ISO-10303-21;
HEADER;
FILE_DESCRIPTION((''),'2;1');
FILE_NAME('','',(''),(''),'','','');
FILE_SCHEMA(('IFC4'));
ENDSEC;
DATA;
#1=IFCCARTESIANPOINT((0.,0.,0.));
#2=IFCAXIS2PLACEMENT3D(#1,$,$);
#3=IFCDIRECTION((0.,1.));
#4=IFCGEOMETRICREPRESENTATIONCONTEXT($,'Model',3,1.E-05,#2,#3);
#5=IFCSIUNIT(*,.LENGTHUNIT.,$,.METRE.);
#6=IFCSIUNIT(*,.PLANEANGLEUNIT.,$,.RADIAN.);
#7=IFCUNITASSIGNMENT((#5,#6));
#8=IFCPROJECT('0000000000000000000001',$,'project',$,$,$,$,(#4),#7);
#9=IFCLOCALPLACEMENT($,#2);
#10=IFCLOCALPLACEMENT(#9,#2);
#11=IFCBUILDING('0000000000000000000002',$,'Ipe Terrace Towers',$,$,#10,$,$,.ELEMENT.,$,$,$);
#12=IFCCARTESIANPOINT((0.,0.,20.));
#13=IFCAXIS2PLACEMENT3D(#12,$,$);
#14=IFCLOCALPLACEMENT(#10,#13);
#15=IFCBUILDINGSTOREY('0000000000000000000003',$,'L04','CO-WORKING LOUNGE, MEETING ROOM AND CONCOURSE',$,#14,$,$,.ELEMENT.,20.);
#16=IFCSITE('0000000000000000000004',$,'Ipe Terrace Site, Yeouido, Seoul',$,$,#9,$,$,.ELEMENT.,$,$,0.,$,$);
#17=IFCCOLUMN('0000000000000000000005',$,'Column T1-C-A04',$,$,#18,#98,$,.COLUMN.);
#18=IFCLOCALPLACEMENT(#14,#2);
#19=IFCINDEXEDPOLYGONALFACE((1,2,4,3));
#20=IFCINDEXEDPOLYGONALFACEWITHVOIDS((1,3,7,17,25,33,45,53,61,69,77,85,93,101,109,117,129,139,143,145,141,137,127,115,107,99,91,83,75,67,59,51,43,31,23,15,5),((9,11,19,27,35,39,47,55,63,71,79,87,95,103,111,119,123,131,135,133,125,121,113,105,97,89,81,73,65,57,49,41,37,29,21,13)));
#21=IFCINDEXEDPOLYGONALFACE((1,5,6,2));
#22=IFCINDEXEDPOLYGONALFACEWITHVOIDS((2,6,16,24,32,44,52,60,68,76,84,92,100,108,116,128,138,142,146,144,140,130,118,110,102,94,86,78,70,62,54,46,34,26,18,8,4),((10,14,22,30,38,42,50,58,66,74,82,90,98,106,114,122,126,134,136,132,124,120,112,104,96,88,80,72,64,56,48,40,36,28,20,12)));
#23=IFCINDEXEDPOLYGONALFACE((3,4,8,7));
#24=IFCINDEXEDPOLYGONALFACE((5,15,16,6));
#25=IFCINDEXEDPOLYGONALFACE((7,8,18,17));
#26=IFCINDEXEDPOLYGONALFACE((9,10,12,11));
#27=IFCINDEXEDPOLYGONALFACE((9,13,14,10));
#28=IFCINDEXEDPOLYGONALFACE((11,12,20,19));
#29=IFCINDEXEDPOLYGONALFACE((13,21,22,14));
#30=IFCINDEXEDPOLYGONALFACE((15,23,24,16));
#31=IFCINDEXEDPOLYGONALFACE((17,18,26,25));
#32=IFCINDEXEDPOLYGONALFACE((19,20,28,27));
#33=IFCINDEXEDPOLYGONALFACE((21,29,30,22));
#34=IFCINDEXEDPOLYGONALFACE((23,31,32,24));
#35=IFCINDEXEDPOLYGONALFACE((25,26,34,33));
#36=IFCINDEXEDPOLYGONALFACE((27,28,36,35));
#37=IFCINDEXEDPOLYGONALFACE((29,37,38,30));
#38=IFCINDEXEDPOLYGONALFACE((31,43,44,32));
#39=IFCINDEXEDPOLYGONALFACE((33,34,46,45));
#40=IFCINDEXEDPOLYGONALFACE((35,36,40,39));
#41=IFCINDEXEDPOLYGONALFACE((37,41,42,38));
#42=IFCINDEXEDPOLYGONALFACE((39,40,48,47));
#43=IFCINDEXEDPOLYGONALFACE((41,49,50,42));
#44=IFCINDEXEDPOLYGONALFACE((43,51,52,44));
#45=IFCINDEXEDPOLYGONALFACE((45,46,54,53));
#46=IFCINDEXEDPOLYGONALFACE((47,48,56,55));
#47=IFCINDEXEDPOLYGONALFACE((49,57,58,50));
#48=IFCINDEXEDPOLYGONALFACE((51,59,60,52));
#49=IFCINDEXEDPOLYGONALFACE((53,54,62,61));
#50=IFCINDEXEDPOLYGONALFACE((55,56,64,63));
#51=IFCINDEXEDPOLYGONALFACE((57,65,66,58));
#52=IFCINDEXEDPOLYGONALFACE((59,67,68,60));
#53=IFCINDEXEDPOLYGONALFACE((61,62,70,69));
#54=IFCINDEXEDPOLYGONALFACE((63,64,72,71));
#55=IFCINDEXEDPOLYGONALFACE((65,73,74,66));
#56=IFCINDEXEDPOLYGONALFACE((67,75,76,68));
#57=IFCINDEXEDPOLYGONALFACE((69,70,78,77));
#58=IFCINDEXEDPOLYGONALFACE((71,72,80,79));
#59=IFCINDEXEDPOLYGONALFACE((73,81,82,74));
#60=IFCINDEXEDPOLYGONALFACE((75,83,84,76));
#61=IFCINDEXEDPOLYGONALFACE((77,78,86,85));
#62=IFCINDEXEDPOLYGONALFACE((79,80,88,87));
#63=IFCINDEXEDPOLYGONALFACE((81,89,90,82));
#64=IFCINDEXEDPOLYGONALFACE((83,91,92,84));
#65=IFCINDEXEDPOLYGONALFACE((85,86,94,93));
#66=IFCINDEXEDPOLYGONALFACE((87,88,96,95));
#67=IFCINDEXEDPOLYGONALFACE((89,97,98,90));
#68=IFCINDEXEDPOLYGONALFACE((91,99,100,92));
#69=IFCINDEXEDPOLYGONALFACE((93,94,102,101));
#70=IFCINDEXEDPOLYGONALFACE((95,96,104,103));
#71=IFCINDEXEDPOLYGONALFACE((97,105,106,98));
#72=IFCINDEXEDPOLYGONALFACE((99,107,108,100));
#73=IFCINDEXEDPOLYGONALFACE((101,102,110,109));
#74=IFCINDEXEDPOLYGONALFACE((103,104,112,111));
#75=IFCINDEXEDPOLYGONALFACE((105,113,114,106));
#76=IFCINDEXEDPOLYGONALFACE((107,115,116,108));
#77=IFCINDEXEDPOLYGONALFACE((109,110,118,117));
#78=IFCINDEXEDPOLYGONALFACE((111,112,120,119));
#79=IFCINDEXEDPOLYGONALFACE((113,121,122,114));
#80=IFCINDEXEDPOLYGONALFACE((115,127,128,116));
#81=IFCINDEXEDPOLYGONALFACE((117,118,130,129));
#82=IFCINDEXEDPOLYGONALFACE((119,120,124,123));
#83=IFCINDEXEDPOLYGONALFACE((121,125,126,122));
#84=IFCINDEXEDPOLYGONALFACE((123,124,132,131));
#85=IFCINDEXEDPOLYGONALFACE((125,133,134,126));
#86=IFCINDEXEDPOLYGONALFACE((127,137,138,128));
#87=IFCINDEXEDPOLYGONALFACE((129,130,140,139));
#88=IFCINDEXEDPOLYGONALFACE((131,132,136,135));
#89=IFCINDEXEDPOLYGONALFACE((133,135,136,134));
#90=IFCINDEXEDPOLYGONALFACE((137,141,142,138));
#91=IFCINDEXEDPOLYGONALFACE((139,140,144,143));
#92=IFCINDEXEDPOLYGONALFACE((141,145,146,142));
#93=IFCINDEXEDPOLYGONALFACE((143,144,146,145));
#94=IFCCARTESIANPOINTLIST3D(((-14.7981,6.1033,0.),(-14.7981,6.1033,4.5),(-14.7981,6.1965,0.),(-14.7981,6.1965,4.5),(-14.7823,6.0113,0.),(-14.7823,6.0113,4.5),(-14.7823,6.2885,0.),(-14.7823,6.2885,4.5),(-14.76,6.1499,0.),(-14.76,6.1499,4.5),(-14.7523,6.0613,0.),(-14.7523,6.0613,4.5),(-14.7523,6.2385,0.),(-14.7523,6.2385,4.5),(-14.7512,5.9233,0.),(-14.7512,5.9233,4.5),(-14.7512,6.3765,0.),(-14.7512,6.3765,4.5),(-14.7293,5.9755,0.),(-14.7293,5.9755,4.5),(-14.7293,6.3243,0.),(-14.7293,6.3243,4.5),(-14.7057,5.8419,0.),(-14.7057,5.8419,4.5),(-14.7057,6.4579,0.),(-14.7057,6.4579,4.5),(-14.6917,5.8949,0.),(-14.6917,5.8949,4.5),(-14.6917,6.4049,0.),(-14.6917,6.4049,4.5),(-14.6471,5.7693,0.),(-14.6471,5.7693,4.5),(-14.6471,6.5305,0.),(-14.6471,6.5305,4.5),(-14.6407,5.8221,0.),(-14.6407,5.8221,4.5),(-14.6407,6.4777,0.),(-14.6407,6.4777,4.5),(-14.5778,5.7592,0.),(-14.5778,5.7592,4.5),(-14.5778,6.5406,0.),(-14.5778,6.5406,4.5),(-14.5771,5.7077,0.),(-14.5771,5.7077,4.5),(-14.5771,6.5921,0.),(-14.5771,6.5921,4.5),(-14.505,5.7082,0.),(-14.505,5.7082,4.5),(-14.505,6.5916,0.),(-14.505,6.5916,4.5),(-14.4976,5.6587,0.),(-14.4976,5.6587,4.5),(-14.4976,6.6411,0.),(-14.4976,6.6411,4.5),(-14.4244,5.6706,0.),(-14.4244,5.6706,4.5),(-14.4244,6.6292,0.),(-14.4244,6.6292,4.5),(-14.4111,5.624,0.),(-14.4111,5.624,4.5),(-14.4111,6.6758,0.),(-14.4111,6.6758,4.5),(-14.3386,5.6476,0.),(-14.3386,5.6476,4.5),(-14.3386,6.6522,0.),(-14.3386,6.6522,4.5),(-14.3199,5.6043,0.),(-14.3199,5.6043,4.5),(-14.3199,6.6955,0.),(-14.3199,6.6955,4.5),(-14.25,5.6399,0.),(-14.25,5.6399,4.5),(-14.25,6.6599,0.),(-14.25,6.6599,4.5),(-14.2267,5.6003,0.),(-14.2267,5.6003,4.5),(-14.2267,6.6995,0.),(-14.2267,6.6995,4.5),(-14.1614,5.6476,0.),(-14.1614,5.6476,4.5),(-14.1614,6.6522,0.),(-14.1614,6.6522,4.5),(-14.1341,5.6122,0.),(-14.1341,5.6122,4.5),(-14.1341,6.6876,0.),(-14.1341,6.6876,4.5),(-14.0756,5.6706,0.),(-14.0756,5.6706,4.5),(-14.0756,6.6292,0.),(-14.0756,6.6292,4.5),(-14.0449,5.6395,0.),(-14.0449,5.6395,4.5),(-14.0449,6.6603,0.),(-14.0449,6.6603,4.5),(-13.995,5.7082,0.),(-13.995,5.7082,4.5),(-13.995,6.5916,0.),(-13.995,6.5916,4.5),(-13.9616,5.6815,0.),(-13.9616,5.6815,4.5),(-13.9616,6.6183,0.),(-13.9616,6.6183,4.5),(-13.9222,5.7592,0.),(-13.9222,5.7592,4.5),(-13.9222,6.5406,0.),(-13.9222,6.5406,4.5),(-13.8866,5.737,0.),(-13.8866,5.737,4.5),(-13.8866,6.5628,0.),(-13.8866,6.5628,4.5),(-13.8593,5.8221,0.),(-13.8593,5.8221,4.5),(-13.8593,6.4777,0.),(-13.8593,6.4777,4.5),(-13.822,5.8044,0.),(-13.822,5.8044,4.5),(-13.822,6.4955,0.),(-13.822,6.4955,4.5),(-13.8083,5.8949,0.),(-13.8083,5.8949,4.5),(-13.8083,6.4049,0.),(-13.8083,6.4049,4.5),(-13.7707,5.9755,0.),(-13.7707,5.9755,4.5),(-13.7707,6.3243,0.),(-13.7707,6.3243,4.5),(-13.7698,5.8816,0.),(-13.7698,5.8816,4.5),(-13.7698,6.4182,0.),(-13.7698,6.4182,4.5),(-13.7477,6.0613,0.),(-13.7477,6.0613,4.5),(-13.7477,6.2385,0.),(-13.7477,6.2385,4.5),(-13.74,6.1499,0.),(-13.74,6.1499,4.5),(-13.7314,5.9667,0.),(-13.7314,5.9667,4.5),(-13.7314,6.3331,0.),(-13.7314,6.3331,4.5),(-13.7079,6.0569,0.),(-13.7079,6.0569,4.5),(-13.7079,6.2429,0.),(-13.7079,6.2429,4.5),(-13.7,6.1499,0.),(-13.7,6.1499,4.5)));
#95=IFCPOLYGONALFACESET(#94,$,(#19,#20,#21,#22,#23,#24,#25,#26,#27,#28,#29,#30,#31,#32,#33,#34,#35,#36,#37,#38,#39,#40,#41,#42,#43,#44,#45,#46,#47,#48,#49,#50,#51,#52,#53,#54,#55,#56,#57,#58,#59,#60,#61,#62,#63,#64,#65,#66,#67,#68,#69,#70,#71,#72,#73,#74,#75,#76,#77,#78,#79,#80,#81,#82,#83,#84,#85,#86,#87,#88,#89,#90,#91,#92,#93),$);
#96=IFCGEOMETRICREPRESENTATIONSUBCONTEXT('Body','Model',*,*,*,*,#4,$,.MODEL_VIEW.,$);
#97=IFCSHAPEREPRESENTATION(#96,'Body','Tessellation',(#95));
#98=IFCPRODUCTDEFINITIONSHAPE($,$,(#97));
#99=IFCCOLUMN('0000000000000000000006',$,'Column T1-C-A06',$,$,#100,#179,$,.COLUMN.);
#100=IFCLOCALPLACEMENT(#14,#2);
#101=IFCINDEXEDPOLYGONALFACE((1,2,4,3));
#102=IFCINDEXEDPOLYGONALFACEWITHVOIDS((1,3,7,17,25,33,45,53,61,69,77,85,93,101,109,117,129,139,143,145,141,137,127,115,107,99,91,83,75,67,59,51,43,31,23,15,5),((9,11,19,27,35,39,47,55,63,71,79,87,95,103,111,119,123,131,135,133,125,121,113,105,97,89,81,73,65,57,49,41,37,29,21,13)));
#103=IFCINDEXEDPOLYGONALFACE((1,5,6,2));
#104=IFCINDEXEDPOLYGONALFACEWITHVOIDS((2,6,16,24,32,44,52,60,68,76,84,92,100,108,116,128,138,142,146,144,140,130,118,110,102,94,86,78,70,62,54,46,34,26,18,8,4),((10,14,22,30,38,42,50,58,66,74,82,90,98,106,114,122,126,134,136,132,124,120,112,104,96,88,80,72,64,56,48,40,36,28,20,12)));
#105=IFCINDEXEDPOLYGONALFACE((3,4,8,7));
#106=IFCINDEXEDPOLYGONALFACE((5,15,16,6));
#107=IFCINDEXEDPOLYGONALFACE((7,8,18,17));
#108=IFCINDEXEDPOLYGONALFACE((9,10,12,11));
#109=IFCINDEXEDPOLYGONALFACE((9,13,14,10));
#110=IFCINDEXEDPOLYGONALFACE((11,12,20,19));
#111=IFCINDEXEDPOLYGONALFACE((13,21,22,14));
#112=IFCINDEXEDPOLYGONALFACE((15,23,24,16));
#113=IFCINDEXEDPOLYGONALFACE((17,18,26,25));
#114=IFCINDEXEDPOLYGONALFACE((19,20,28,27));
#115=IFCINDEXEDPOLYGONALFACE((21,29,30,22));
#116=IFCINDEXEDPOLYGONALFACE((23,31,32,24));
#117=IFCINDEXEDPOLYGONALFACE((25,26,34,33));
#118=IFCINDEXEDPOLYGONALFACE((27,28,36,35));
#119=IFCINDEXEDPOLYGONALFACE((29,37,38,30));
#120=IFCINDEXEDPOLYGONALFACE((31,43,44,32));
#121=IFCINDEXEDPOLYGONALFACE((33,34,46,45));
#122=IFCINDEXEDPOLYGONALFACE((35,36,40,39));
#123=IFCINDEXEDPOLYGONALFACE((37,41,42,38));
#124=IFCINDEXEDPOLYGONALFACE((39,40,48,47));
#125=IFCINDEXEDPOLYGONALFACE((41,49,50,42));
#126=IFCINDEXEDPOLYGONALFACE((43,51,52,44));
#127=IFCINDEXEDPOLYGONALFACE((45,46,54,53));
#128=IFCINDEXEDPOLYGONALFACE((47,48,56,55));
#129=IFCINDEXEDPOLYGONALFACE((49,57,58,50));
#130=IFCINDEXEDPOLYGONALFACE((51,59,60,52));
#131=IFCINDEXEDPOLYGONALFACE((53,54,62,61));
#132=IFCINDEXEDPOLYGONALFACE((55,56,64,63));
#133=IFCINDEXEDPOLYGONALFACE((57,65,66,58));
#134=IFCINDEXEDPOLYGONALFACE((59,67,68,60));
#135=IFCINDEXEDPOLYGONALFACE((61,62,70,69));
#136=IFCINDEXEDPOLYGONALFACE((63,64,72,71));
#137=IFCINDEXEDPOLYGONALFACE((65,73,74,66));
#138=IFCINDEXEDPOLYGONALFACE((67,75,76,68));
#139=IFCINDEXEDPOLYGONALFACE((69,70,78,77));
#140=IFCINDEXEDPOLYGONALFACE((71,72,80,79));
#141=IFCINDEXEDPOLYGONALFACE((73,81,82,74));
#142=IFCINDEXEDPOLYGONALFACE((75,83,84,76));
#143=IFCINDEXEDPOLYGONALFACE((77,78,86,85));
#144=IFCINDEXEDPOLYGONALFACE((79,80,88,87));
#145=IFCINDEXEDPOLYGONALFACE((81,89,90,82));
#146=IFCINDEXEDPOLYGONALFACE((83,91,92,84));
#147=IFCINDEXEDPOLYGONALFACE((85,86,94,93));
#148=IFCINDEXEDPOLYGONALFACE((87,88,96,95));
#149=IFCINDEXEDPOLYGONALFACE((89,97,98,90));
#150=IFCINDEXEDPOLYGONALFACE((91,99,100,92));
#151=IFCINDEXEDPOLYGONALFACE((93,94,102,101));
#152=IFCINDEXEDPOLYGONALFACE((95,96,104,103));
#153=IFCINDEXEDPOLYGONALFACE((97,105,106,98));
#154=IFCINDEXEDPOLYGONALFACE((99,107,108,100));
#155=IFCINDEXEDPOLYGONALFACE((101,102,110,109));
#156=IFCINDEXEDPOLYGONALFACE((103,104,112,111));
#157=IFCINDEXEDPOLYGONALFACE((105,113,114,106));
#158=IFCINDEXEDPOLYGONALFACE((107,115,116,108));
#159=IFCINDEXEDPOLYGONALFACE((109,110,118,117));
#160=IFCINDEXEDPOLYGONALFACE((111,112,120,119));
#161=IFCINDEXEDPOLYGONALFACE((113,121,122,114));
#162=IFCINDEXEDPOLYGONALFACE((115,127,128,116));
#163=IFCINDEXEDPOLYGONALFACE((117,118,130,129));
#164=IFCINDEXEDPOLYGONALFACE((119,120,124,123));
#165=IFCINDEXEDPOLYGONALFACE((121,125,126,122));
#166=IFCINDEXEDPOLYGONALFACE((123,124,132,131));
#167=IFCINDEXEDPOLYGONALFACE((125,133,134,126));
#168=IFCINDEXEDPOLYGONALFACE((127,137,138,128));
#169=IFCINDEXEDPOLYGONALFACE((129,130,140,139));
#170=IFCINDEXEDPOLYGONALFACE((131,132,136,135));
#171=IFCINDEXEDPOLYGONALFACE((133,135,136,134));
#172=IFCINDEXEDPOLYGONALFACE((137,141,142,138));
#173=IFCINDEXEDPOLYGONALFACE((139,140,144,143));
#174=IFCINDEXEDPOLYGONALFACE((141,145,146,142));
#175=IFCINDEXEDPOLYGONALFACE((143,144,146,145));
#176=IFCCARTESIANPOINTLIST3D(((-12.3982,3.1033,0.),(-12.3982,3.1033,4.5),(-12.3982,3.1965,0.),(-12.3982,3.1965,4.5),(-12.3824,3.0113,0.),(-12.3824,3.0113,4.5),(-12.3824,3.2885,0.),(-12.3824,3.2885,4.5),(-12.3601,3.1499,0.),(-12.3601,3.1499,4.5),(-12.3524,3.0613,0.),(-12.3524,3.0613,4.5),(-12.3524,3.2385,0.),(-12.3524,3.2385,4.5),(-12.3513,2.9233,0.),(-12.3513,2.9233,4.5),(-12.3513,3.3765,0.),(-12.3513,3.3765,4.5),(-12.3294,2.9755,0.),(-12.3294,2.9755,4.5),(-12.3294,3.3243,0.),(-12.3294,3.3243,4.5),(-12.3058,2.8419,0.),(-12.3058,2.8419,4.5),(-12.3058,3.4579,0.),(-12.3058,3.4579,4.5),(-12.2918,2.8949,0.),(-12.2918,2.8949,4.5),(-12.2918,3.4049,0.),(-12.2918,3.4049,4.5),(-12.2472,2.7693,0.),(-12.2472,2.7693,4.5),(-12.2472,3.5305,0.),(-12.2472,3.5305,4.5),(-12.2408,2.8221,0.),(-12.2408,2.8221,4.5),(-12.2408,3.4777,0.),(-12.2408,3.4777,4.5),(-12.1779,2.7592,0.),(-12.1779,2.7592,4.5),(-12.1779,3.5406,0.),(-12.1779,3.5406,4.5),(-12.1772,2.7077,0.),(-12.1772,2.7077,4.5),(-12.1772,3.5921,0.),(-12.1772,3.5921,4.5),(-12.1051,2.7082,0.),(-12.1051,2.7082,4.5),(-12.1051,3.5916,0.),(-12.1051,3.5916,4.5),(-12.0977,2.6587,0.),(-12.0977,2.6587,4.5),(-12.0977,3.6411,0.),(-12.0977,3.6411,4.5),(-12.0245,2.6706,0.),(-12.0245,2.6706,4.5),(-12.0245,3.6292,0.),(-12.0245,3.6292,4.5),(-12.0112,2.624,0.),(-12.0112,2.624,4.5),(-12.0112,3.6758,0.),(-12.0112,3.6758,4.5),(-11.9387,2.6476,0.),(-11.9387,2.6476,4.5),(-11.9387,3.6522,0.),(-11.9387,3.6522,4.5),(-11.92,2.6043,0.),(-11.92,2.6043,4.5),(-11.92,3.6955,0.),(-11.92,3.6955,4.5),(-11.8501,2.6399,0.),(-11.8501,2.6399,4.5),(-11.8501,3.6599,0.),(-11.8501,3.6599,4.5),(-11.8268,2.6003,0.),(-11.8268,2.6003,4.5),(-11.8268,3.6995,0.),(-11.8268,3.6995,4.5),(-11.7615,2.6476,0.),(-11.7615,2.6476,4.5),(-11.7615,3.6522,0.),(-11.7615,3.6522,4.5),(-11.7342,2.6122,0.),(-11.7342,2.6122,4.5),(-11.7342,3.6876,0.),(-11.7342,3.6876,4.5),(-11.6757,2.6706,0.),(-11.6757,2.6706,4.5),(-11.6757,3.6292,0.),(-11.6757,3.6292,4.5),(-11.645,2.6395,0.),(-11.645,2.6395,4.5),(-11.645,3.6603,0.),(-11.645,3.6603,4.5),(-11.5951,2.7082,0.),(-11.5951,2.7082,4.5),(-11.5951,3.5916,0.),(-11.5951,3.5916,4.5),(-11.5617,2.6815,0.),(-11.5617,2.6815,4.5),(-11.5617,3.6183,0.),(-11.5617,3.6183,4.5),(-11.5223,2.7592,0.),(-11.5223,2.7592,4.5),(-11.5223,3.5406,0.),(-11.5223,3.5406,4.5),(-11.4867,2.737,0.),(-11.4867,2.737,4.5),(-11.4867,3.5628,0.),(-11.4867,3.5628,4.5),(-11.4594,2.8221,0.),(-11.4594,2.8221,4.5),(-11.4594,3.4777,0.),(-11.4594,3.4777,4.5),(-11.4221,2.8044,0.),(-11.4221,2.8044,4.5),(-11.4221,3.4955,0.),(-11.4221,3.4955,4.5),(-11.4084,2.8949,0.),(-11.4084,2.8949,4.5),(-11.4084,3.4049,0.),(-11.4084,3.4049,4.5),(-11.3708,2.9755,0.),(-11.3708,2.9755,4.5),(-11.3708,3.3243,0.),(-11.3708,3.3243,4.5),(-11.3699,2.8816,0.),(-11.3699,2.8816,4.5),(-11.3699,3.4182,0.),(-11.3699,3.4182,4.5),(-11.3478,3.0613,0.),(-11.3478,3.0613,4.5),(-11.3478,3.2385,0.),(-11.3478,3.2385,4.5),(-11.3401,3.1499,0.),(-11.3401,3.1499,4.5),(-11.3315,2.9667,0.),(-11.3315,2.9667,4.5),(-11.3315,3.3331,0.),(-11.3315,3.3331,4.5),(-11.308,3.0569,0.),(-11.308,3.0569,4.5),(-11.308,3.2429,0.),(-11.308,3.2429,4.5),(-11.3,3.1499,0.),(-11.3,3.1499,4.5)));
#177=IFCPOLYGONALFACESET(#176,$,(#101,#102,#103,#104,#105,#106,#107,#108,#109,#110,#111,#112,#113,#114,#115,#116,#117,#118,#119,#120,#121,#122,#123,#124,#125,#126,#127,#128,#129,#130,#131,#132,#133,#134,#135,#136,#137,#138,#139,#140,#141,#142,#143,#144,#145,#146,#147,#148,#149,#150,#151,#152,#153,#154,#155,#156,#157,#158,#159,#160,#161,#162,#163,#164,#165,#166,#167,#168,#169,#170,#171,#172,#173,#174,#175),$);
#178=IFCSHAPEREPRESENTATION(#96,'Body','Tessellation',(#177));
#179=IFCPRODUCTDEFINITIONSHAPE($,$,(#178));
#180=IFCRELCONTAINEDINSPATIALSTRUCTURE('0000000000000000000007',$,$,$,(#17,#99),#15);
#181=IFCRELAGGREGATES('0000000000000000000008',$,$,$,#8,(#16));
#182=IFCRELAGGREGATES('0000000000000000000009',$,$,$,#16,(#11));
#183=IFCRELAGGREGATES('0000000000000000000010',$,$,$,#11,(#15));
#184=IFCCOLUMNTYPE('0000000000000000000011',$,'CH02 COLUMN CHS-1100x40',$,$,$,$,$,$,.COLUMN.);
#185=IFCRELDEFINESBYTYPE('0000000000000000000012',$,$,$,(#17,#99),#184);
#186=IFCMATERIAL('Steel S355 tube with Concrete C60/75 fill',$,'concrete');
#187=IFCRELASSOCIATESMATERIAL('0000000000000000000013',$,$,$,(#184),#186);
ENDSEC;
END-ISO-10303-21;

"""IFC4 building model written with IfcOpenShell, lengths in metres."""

from ifc_helpers import new_model, si_unit, direction, frame, origin, origin_2d, place, context, subcontext, project, spatial, hollow_circle, extrude, material, material_profile, profile_set, type_object, element, save


model = new_model("IFC4")

# Units and contexts
model_context = context("Model", 3, precision=1e-05, world=origin(), true_north=direction((0.0, 1.0)))
body_context = subcontext(model_context, "Body", "Model", "MODEL_VIEW")
ifc_project = project(units=[si_unit("LENGTHUNIT", "METRE"), si_unit("PLANEANGLEUNIT", "RADIAN")], contexts=[model_context])

# Site, building, storey
site_placement = place(None, origin())
site = spatial("IfcSite", under=ifc_project, at=site_placement, Name="Ipe Terrace Site, Yeouido, Seoul", CompositionType="ELEMENT", RefElevation=0.0)
building_placement = place(site_placement, origin())
building = spatial("IfcBuilding", under=site, at=building_placement, Name="Ipe Terrace Towers", CompositionType="ELEMENT")
storey_placement = place(building_placement, frame((0.0, 0.0, 20.0)))
storey = spatial("IfcBuildingStorey", under=building, at=storey_placement, Name="L04", Description="CO-WORKING LOUNGE, MEETING ROOM AND CONCOURSE", CompositionType="ELEMENT", Elevation=20.0)

# Columns
ifc_material_1 = material(Name="Steel S355 tube with Concrete C60/75 fill", Category="concrete")
ifc_material_profile_1 = material_profile(ifc_material_1, hollow_circle(Radius=0.55, WallThickness=0.04, at=origin_2d()), Name="CHS-1100x40")
ifc_profile_set_1 = profile_set([ifc_material_profile_1], Name="Steel S355 tube with Concrete C60/75 fill")
column_type_1 = type_object("IfcColumnType", Name="CH02 COLUMN CHS-1100x40", PredefinedType="COLUMN", material=ifc_profile_set_1)
for number, where, z_axis, x_axis, name in (
    (1, (-14.25, 6.1499, 0.0), (0.0, 0.0, 1.0), (1.0, 0.0, 0.0), "Column T1-C-A04"),
    (2, (-11.8501, 3.1499, 0.0), (0.0, 0.0, 1.0), (1.0, 0.0, 0.0), "Column T1-C-A06"),
):
    element("IfcColumn", number, at=place(storey_placement, frame(where, z_axis=z_axis, x_axis=x_axis)), inside=storey, type_object=column_type_1, Name=name, PredefinedType="COLUMN", context=body_context, shape_type="SweptSolid", body=[
        extrude(hollow_circle(Radius=0.55, WallThickness=0.04, at=origin_2d()), origin(), (0.0, 0.0, 1.0), 4.5),
    ])

save(model, "model.ifc")
